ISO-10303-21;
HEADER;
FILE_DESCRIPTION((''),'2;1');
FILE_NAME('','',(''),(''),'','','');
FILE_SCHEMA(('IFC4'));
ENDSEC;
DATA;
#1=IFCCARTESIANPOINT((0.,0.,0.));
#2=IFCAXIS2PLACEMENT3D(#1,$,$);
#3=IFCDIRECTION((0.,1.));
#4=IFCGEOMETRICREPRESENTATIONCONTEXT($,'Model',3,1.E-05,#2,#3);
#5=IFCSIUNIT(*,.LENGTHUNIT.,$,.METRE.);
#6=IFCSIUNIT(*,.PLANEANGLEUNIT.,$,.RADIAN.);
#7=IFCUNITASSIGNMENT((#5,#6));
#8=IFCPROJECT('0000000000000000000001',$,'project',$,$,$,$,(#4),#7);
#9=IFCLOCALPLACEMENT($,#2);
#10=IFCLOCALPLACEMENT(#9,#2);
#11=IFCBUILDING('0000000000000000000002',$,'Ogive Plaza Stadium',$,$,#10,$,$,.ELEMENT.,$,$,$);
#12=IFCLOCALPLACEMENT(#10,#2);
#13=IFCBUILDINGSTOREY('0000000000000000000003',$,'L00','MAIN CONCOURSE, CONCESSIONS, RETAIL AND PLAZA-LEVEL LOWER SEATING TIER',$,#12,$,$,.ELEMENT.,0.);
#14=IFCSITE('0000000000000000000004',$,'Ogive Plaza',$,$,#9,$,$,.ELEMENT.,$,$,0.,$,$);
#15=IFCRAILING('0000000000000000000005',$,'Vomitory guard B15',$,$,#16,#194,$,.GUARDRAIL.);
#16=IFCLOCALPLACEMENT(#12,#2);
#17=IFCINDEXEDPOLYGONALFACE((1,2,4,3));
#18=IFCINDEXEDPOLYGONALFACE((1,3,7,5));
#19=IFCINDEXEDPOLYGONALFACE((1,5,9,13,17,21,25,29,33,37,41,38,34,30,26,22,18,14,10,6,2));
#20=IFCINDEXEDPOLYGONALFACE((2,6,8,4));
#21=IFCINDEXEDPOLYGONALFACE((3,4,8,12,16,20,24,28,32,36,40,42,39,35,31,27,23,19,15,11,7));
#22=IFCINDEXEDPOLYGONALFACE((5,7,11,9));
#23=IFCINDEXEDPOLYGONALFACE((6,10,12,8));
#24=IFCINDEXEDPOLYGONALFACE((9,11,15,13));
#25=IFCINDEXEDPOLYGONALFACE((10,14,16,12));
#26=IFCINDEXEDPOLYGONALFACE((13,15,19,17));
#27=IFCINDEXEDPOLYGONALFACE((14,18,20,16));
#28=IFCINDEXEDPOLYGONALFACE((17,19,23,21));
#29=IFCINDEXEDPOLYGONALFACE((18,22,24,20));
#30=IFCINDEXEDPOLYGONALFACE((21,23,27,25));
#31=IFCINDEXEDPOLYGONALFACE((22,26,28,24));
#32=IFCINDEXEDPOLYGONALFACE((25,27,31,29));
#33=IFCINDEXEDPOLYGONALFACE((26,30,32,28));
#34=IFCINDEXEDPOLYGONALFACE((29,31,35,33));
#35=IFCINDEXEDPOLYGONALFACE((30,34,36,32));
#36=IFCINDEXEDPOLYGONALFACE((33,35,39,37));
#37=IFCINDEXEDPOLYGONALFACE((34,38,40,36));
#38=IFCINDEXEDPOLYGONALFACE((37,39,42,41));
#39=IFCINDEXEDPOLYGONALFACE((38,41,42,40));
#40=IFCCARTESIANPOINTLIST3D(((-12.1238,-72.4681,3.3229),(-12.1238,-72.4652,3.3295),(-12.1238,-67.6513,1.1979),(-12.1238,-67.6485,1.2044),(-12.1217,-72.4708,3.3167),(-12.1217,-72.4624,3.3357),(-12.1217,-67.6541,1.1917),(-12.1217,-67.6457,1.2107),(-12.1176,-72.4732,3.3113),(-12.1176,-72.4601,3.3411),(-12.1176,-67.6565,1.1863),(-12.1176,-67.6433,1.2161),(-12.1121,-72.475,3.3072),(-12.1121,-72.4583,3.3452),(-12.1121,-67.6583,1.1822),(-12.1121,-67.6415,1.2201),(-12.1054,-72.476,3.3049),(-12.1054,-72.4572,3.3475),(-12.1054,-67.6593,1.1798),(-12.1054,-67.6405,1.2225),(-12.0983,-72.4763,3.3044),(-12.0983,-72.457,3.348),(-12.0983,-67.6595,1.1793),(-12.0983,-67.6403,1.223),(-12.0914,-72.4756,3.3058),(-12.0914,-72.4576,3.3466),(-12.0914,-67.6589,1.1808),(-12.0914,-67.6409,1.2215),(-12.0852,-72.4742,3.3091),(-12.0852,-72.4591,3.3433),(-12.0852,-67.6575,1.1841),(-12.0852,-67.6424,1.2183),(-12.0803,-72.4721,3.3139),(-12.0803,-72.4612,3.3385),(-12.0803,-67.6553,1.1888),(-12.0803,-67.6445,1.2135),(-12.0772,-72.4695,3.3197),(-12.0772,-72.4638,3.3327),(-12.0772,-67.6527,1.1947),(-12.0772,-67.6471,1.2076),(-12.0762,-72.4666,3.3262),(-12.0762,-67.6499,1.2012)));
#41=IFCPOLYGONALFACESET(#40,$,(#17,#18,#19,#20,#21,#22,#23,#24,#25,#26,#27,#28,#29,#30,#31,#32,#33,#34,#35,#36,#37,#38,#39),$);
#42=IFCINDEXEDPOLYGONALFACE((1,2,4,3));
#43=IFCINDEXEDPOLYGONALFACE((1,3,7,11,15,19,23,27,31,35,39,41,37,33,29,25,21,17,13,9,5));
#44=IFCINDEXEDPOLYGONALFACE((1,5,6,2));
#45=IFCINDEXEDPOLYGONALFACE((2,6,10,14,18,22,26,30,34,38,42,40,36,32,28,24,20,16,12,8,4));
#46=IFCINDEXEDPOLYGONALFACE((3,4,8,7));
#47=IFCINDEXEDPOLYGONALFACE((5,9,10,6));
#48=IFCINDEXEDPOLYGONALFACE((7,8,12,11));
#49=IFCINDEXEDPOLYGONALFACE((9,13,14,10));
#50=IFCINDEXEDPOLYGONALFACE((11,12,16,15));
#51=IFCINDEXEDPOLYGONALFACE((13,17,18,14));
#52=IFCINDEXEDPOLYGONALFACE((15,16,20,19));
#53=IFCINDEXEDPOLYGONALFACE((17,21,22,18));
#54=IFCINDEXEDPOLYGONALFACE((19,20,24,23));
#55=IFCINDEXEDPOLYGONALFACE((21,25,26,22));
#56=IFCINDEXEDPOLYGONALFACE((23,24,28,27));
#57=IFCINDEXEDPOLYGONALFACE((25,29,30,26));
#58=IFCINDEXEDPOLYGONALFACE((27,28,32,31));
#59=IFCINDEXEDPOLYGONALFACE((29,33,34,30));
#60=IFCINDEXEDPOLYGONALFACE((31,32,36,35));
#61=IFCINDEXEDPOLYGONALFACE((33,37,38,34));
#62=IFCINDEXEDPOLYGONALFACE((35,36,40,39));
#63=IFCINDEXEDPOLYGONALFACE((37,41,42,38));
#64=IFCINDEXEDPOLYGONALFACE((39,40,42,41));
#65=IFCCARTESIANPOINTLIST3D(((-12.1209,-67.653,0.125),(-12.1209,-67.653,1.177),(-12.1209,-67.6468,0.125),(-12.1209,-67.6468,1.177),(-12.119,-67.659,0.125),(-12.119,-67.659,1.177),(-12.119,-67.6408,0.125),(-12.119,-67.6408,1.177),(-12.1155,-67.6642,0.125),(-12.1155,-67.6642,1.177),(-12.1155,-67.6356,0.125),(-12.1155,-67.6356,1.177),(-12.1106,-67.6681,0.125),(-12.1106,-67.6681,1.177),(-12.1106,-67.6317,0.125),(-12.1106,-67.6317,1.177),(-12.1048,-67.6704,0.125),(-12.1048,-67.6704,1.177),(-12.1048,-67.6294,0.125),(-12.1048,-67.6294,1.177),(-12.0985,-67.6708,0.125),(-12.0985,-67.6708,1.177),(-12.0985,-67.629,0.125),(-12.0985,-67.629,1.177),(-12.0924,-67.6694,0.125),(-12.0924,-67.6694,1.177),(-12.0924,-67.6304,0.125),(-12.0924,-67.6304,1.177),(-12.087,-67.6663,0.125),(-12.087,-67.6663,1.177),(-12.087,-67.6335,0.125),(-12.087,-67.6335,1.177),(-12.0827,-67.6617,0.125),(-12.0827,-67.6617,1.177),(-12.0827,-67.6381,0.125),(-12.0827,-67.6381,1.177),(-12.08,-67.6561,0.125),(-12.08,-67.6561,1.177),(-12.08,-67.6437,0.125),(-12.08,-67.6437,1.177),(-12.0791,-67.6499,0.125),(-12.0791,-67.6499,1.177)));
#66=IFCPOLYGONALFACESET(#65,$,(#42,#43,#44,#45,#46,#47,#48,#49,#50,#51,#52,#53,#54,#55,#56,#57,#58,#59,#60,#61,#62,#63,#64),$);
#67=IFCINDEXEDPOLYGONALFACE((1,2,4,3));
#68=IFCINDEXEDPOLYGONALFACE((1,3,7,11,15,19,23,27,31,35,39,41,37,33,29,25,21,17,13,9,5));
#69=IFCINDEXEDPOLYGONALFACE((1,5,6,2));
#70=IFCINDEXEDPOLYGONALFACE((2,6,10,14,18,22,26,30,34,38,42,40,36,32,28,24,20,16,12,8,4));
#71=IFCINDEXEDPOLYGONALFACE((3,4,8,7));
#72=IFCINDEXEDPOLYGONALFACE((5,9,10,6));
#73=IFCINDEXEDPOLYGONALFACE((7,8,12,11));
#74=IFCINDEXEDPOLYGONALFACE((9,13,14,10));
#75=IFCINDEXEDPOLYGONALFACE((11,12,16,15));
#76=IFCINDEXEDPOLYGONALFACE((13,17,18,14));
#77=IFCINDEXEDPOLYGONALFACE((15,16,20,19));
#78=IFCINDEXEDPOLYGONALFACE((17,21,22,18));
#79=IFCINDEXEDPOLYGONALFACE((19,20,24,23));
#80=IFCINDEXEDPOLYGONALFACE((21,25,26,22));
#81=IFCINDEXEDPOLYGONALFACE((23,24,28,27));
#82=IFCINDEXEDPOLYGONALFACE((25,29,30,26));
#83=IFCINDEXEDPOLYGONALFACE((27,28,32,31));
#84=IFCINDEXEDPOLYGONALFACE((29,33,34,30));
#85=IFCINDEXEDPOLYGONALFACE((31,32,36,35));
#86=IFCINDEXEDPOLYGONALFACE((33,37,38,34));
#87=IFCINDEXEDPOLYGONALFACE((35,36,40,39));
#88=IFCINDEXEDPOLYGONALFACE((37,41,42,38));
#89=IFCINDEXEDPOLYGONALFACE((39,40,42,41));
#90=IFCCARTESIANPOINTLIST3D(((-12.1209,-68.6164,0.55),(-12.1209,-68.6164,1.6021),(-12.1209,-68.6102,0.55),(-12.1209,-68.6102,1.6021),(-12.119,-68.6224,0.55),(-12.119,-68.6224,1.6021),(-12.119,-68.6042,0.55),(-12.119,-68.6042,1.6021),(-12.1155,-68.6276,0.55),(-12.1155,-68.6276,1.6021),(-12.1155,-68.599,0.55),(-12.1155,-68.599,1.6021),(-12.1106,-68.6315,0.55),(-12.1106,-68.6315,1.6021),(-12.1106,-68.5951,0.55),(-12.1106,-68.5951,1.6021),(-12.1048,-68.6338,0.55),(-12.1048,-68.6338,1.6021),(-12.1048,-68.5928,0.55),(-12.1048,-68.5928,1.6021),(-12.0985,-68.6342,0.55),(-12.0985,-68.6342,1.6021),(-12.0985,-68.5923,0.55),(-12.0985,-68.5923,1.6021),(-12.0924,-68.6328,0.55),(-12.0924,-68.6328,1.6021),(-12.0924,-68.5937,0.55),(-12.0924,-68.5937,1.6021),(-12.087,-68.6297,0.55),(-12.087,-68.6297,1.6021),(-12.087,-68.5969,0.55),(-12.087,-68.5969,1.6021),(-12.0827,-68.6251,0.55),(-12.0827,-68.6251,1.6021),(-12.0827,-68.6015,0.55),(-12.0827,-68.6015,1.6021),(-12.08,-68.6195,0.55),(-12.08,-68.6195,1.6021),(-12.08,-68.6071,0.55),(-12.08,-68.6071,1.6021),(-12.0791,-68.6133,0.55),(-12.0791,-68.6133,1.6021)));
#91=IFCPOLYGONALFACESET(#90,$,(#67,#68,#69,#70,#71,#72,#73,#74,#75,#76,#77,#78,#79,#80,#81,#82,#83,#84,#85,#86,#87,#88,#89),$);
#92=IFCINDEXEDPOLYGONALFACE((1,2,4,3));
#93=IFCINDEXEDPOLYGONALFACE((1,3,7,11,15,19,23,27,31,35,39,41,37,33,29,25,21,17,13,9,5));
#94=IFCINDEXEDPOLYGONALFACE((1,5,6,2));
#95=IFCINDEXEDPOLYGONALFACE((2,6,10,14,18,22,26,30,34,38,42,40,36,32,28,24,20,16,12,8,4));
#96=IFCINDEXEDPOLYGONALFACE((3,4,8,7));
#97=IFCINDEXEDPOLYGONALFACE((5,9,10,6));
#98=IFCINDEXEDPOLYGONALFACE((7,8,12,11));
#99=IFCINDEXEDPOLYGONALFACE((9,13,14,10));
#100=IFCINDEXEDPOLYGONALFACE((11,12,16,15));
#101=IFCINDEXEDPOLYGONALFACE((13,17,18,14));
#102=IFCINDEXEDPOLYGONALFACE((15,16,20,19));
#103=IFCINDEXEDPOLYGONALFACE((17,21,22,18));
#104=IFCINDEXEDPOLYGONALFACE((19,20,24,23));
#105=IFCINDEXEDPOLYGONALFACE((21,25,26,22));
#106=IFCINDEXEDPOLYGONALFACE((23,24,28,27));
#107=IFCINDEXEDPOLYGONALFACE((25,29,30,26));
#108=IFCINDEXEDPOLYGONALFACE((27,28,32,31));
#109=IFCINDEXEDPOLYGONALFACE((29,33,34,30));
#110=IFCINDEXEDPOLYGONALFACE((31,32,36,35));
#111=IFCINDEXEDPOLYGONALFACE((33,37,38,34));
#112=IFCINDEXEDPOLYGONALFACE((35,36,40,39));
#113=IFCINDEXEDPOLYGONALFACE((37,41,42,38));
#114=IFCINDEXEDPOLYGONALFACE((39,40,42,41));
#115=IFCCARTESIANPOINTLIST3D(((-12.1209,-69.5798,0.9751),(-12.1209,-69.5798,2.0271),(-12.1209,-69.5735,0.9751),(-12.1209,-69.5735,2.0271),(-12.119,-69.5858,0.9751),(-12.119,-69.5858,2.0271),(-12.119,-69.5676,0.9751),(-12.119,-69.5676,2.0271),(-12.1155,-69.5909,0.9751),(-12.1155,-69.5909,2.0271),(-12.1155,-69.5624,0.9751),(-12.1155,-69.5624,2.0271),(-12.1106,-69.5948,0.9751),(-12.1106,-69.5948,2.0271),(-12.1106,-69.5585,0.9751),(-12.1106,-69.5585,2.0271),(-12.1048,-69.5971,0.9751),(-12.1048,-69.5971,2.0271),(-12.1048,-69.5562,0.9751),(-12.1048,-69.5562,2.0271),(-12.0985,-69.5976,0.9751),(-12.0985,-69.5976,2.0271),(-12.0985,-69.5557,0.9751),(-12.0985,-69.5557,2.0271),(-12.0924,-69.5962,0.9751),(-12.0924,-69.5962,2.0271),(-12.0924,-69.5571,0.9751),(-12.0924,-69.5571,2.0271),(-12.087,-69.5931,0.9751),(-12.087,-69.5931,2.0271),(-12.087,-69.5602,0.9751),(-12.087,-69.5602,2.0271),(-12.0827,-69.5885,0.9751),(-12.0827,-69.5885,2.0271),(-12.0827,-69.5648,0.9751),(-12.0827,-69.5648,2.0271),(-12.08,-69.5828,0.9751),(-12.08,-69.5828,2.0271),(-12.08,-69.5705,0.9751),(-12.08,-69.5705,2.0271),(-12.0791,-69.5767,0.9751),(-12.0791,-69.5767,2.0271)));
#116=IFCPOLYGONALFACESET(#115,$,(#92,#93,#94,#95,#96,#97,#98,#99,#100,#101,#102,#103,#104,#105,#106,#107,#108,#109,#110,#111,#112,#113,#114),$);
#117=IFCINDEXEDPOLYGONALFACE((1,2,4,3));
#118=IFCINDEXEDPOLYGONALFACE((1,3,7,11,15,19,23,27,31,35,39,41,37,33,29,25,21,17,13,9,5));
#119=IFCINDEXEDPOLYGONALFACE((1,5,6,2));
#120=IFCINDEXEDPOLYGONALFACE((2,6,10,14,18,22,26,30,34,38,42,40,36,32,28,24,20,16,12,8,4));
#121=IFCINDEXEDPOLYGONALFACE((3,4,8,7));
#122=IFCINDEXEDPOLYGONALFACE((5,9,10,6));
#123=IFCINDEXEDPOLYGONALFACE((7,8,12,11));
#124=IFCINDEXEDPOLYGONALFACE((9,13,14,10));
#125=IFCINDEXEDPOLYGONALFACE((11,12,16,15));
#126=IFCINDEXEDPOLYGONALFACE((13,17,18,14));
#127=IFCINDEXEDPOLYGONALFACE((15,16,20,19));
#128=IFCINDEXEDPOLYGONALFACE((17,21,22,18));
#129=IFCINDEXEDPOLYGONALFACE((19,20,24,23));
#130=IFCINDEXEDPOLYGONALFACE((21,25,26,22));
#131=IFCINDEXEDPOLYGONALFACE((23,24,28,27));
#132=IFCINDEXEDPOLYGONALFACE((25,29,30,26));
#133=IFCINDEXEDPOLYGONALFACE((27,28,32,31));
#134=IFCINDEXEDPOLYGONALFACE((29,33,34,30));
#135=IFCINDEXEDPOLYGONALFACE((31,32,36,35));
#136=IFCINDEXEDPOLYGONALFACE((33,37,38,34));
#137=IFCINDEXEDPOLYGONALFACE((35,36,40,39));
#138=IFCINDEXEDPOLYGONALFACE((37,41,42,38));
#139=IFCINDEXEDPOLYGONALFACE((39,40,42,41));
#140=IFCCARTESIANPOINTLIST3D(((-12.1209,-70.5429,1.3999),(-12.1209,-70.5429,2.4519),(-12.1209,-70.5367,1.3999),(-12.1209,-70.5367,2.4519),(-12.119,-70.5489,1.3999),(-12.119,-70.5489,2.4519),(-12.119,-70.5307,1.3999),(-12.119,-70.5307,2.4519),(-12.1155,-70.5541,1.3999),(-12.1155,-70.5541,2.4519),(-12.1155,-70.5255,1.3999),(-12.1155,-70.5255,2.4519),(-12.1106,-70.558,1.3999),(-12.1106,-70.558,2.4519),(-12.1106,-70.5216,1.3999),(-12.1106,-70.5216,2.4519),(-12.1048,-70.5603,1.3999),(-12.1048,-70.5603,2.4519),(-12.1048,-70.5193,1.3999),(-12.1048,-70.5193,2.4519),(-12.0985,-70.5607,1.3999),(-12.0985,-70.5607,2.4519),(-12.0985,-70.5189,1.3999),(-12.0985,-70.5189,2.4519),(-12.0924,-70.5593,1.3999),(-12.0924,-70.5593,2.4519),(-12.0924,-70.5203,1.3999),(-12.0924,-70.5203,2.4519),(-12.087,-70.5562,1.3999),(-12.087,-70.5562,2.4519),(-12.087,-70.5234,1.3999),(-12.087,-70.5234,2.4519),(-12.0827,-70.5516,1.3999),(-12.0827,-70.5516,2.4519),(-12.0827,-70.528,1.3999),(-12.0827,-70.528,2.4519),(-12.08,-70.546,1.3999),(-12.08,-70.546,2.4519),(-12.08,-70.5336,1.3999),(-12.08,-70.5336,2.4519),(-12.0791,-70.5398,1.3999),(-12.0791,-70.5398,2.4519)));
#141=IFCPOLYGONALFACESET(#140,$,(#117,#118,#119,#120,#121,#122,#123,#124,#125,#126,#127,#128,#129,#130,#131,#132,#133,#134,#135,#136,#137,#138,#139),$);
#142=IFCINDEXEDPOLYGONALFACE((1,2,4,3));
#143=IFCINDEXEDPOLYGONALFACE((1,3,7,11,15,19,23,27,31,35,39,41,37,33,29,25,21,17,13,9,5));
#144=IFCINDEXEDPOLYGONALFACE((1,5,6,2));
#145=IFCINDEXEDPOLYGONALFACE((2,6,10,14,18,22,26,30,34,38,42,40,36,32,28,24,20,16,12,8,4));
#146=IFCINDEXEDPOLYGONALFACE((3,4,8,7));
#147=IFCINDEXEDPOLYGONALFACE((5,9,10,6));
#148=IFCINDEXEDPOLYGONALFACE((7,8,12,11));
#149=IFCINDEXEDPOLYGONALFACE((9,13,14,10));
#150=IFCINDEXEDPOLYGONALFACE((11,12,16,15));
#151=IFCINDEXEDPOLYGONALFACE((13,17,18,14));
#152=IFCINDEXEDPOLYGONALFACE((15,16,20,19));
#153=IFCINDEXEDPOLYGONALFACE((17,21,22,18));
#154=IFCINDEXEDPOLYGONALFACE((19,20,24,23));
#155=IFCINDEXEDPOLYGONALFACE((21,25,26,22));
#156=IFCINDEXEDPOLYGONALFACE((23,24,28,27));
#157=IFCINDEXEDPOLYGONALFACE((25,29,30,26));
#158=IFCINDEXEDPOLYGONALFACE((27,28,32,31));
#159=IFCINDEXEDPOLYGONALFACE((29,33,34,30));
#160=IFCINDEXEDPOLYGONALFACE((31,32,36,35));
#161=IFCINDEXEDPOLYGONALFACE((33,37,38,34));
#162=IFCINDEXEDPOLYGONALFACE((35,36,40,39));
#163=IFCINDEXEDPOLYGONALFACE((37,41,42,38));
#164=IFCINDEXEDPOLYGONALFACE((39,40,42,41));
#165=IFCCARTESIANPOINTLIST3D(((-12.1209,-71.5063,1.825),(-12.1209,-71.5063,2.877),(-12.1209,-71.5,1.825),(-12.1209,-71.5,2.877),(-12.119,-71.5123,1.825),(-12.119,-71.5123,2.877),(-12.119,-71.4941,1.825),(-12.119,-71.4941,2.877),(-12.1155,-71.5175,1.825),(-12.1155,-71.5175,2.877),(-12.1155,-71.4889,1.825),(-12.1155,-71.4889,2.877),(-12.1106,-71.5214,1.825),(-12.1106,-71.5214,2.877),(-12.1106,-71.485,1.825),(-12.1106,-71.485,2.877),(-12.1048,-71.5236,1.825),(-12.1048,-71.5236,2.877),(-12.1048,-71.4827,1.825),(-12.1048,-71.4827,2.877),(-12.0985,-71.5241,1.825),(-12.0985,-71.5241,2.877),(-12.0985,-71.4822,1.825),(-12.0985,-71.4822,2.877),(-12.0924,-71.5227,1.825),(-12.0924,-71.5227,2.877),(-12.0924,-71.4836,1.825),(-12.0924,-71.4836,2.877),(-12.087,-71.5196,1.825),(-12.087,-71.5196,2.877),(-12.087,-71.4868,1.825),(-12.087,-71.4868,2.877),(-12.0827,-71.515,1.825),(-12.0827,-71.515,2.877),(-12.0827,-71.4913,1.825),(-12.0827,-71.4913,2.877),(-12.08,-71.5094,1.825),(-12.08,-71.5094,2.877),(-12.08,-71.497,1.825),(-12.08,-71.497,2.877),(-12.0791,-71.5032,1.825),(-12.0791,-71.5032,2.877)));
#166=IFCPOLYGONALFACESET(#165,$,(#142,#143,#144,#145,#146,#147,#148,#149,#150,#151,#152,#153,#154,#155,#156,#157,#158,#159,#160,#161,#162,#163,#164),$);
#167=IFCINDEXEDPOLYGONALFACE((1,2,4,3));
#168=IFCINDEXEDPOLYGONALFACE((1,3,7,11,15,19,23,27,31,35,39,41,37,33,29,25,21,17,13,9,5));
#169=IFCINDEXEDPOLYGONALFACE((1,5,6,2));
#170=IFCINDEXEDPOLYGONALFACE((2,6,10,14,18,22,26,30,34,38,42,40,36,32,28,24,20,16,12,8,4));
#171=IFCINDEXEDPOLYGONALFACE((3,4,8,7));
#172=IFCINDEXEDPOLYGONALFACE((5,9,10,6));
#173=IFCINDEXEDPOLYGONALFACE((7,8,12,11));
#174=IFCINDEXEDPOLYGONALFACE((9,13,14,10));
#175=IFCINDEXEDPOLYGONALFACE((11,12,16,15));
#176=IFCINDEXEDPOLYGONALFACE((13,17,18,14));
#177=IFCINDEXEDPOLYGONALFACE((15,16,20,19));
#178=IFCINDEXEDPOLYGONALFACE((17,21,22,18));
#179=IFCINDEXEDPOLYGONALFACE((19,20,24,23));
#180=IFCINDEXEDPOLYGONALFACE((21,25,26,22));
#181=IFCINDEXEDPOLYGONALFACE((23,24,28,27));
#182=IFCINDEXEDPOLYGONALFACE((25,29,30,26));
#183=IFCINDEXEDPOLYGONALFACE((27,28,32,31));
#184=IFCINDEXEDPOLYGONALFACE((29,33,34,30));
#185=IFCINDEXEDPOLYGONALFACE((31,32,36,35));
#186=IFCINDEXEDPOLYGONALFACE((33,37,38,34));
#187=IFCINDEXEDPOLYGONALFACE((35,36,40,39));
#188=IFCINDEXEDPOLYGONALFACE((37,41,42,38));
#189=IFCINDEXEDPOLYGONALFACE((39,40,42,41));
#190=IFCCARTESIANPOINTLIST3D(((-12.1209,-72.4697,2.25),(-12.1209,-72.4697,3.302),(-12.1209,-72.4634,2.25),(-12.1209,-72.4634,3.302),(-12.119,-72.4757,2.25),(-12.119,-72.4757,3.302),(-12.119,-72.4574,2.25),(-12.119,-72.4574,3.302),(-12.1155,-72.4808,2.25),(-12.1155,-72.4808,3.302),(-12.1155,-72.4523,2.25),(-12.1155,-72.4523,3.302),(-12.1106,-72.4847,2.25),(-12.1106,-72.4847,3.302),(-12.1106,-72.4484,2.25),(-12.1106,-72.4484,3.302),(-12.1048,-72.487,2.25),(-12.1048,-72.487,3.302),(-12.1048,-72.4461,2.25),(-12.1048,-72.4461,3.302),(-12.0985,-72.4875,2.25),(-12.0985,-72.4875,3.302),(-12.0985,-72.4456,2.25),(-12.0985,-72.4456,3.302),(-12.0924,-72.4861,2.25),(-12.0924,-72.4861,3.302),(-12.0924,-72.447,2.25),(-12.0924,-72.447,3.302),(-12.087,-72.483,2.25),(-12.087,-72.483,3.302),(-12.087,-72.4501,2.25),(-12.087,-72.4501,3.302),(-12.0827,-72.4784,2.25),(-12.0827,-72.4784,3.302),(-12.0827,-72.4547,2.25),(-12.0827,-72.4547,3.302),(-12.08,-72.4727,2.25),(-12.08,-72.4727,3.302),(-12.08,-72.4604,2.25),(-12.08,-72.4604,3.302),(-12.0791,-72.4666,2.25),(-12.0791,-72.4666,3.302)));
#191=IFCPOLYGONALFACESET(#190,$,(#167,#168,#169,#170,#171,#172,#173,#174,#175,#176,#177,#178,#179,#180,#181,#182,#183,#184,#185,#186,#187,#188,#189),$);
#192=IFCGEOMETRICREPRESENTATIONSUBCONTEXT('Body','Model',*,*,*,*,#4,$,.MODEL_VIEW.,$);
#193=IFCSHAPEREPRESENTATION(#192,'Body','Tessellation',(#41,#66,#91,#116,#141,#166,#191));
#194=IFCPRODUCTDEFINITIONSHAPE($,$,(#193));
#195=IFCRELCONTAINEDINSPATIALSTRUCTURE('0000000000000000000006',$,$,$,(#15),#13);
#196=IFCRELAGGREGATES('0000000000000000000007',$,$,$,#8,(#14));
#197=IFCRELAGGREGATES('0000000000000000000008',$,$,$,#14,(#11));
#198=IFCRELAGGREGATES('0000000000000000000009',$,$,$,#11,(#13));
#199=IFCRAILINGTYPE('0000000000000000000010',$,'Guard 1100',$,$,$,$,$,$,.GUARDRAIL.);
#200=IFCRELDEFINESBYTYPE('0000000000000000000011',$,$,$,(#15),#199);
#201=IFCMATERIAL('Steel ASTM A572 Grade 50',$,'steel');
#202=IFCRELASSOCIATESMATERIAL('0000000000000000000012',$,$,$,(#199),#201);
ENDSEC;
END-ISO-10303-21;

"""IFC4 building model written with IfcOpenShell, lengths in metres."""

from ifc_helpers import new_model, si_unit, direction, frame, origin, origin_2d, place, context, subcontext, project, spatial, circle, extrude, material, type_object, element, save


model = new_model("IFC4")

# Units and contexts
model_context = context("Model", 3, precision=1e-05, world=origin(), true_north=direction((0.0, 1.0)))
body_context = subcontext(model_context, "Body", "Model", "MODEL_VIEW")
ifc_project = project(units=[si_unit("LENGTHUNIT", "METRE"), si_unit("PLANEANGLEUNIT", "RADIAN")], contexts=[model_context])

# Site, building, storey
site_placement = place(None, origin())
site = spatial("IfcSite", under=ifc_project, at=site_placement, Name="Ogive Plaza", CompositionType="ELEMENT", RefElevation=0.0)
building_placement = place(site_placement, origin())
building = spatial("IfcBuilding", under=site, at=building_placement, Name="Ogive Plaza Stadium", CompositionType="ELEMENT")
storey_placement = place(building_placement, origin())
storey = spatial("IfcBuildingStorey", under=building, at=storey_placement, Name="L00", Description="MAIN CONCOURSE, CONCESSIONS, RETAIL AND PLAZA-LEVEL LOWER SEATING TIER", CompositionType="ELEMENT", Elevation=0.0)

# Railing
ifc_material_1 = material(Name="Steel ASTM A572 Grade 50", Category="steel")
railing_type = type_object("IfcRailingType", Name="Guard 1100", PredefinedType="GUARDRAIL", material=ifc_material_1)
for number, where, name in (
    (1, (-12.1001, -67.6499, 0.125), "Vomitory guard B15"),
):
    element("IfcRailing", number, at=place(storey_placement, frame(where)), inside=storey, type_object=railing_type, Name=name, PredefinedType="GUARDRAIL", context=body_context, shape_type="SweptSolid", body=[
        extrude(circle(Radius=0.0239, at=origin_2d()), frame((0.0, 0.0, 1.0762), z_axis=(0.0, -0.914917, 0.403641), x_axis=(1.0, 0.0, 0.0)), (0.0, 0.0, 1.0), 5.2646),
        extrude(circle(Radius=0.021, at=origin_2d()), origin(), (0.0, 0.0, 1.0), 1.052),
        extrude(circle(Radius=0.021, at=origin_2d()), frame((0.0, -0.9634, 0.425)), (0.0, 0.0, 1.0), 1.052),
        extrude(circle(Radius=0.021, at=origin_2d()), frame((0.0, -1.9268, 0.8501)), (0.0, 0.0, 1.0), 1.052),
        extrude(circle(Radius=0.021, at=origin_2d()), frame((0.0, -2.8899, 1.2749)), (0.0, 0.0, 1.0), 1.052),
        extrude(circle(Radius=0.021, at=origin_2d()), frame((0.0, -3.8533, 1.7)), (0.0, 0.0, 1.0), 1.052),
        extrude(circle(Radius=0.021, at=origin_2d()), frame((0.0, -4.8167, 2.125)), (0.0, 0.0, 1.0), 1.052),
    ])

save(model, "model.ifc")
